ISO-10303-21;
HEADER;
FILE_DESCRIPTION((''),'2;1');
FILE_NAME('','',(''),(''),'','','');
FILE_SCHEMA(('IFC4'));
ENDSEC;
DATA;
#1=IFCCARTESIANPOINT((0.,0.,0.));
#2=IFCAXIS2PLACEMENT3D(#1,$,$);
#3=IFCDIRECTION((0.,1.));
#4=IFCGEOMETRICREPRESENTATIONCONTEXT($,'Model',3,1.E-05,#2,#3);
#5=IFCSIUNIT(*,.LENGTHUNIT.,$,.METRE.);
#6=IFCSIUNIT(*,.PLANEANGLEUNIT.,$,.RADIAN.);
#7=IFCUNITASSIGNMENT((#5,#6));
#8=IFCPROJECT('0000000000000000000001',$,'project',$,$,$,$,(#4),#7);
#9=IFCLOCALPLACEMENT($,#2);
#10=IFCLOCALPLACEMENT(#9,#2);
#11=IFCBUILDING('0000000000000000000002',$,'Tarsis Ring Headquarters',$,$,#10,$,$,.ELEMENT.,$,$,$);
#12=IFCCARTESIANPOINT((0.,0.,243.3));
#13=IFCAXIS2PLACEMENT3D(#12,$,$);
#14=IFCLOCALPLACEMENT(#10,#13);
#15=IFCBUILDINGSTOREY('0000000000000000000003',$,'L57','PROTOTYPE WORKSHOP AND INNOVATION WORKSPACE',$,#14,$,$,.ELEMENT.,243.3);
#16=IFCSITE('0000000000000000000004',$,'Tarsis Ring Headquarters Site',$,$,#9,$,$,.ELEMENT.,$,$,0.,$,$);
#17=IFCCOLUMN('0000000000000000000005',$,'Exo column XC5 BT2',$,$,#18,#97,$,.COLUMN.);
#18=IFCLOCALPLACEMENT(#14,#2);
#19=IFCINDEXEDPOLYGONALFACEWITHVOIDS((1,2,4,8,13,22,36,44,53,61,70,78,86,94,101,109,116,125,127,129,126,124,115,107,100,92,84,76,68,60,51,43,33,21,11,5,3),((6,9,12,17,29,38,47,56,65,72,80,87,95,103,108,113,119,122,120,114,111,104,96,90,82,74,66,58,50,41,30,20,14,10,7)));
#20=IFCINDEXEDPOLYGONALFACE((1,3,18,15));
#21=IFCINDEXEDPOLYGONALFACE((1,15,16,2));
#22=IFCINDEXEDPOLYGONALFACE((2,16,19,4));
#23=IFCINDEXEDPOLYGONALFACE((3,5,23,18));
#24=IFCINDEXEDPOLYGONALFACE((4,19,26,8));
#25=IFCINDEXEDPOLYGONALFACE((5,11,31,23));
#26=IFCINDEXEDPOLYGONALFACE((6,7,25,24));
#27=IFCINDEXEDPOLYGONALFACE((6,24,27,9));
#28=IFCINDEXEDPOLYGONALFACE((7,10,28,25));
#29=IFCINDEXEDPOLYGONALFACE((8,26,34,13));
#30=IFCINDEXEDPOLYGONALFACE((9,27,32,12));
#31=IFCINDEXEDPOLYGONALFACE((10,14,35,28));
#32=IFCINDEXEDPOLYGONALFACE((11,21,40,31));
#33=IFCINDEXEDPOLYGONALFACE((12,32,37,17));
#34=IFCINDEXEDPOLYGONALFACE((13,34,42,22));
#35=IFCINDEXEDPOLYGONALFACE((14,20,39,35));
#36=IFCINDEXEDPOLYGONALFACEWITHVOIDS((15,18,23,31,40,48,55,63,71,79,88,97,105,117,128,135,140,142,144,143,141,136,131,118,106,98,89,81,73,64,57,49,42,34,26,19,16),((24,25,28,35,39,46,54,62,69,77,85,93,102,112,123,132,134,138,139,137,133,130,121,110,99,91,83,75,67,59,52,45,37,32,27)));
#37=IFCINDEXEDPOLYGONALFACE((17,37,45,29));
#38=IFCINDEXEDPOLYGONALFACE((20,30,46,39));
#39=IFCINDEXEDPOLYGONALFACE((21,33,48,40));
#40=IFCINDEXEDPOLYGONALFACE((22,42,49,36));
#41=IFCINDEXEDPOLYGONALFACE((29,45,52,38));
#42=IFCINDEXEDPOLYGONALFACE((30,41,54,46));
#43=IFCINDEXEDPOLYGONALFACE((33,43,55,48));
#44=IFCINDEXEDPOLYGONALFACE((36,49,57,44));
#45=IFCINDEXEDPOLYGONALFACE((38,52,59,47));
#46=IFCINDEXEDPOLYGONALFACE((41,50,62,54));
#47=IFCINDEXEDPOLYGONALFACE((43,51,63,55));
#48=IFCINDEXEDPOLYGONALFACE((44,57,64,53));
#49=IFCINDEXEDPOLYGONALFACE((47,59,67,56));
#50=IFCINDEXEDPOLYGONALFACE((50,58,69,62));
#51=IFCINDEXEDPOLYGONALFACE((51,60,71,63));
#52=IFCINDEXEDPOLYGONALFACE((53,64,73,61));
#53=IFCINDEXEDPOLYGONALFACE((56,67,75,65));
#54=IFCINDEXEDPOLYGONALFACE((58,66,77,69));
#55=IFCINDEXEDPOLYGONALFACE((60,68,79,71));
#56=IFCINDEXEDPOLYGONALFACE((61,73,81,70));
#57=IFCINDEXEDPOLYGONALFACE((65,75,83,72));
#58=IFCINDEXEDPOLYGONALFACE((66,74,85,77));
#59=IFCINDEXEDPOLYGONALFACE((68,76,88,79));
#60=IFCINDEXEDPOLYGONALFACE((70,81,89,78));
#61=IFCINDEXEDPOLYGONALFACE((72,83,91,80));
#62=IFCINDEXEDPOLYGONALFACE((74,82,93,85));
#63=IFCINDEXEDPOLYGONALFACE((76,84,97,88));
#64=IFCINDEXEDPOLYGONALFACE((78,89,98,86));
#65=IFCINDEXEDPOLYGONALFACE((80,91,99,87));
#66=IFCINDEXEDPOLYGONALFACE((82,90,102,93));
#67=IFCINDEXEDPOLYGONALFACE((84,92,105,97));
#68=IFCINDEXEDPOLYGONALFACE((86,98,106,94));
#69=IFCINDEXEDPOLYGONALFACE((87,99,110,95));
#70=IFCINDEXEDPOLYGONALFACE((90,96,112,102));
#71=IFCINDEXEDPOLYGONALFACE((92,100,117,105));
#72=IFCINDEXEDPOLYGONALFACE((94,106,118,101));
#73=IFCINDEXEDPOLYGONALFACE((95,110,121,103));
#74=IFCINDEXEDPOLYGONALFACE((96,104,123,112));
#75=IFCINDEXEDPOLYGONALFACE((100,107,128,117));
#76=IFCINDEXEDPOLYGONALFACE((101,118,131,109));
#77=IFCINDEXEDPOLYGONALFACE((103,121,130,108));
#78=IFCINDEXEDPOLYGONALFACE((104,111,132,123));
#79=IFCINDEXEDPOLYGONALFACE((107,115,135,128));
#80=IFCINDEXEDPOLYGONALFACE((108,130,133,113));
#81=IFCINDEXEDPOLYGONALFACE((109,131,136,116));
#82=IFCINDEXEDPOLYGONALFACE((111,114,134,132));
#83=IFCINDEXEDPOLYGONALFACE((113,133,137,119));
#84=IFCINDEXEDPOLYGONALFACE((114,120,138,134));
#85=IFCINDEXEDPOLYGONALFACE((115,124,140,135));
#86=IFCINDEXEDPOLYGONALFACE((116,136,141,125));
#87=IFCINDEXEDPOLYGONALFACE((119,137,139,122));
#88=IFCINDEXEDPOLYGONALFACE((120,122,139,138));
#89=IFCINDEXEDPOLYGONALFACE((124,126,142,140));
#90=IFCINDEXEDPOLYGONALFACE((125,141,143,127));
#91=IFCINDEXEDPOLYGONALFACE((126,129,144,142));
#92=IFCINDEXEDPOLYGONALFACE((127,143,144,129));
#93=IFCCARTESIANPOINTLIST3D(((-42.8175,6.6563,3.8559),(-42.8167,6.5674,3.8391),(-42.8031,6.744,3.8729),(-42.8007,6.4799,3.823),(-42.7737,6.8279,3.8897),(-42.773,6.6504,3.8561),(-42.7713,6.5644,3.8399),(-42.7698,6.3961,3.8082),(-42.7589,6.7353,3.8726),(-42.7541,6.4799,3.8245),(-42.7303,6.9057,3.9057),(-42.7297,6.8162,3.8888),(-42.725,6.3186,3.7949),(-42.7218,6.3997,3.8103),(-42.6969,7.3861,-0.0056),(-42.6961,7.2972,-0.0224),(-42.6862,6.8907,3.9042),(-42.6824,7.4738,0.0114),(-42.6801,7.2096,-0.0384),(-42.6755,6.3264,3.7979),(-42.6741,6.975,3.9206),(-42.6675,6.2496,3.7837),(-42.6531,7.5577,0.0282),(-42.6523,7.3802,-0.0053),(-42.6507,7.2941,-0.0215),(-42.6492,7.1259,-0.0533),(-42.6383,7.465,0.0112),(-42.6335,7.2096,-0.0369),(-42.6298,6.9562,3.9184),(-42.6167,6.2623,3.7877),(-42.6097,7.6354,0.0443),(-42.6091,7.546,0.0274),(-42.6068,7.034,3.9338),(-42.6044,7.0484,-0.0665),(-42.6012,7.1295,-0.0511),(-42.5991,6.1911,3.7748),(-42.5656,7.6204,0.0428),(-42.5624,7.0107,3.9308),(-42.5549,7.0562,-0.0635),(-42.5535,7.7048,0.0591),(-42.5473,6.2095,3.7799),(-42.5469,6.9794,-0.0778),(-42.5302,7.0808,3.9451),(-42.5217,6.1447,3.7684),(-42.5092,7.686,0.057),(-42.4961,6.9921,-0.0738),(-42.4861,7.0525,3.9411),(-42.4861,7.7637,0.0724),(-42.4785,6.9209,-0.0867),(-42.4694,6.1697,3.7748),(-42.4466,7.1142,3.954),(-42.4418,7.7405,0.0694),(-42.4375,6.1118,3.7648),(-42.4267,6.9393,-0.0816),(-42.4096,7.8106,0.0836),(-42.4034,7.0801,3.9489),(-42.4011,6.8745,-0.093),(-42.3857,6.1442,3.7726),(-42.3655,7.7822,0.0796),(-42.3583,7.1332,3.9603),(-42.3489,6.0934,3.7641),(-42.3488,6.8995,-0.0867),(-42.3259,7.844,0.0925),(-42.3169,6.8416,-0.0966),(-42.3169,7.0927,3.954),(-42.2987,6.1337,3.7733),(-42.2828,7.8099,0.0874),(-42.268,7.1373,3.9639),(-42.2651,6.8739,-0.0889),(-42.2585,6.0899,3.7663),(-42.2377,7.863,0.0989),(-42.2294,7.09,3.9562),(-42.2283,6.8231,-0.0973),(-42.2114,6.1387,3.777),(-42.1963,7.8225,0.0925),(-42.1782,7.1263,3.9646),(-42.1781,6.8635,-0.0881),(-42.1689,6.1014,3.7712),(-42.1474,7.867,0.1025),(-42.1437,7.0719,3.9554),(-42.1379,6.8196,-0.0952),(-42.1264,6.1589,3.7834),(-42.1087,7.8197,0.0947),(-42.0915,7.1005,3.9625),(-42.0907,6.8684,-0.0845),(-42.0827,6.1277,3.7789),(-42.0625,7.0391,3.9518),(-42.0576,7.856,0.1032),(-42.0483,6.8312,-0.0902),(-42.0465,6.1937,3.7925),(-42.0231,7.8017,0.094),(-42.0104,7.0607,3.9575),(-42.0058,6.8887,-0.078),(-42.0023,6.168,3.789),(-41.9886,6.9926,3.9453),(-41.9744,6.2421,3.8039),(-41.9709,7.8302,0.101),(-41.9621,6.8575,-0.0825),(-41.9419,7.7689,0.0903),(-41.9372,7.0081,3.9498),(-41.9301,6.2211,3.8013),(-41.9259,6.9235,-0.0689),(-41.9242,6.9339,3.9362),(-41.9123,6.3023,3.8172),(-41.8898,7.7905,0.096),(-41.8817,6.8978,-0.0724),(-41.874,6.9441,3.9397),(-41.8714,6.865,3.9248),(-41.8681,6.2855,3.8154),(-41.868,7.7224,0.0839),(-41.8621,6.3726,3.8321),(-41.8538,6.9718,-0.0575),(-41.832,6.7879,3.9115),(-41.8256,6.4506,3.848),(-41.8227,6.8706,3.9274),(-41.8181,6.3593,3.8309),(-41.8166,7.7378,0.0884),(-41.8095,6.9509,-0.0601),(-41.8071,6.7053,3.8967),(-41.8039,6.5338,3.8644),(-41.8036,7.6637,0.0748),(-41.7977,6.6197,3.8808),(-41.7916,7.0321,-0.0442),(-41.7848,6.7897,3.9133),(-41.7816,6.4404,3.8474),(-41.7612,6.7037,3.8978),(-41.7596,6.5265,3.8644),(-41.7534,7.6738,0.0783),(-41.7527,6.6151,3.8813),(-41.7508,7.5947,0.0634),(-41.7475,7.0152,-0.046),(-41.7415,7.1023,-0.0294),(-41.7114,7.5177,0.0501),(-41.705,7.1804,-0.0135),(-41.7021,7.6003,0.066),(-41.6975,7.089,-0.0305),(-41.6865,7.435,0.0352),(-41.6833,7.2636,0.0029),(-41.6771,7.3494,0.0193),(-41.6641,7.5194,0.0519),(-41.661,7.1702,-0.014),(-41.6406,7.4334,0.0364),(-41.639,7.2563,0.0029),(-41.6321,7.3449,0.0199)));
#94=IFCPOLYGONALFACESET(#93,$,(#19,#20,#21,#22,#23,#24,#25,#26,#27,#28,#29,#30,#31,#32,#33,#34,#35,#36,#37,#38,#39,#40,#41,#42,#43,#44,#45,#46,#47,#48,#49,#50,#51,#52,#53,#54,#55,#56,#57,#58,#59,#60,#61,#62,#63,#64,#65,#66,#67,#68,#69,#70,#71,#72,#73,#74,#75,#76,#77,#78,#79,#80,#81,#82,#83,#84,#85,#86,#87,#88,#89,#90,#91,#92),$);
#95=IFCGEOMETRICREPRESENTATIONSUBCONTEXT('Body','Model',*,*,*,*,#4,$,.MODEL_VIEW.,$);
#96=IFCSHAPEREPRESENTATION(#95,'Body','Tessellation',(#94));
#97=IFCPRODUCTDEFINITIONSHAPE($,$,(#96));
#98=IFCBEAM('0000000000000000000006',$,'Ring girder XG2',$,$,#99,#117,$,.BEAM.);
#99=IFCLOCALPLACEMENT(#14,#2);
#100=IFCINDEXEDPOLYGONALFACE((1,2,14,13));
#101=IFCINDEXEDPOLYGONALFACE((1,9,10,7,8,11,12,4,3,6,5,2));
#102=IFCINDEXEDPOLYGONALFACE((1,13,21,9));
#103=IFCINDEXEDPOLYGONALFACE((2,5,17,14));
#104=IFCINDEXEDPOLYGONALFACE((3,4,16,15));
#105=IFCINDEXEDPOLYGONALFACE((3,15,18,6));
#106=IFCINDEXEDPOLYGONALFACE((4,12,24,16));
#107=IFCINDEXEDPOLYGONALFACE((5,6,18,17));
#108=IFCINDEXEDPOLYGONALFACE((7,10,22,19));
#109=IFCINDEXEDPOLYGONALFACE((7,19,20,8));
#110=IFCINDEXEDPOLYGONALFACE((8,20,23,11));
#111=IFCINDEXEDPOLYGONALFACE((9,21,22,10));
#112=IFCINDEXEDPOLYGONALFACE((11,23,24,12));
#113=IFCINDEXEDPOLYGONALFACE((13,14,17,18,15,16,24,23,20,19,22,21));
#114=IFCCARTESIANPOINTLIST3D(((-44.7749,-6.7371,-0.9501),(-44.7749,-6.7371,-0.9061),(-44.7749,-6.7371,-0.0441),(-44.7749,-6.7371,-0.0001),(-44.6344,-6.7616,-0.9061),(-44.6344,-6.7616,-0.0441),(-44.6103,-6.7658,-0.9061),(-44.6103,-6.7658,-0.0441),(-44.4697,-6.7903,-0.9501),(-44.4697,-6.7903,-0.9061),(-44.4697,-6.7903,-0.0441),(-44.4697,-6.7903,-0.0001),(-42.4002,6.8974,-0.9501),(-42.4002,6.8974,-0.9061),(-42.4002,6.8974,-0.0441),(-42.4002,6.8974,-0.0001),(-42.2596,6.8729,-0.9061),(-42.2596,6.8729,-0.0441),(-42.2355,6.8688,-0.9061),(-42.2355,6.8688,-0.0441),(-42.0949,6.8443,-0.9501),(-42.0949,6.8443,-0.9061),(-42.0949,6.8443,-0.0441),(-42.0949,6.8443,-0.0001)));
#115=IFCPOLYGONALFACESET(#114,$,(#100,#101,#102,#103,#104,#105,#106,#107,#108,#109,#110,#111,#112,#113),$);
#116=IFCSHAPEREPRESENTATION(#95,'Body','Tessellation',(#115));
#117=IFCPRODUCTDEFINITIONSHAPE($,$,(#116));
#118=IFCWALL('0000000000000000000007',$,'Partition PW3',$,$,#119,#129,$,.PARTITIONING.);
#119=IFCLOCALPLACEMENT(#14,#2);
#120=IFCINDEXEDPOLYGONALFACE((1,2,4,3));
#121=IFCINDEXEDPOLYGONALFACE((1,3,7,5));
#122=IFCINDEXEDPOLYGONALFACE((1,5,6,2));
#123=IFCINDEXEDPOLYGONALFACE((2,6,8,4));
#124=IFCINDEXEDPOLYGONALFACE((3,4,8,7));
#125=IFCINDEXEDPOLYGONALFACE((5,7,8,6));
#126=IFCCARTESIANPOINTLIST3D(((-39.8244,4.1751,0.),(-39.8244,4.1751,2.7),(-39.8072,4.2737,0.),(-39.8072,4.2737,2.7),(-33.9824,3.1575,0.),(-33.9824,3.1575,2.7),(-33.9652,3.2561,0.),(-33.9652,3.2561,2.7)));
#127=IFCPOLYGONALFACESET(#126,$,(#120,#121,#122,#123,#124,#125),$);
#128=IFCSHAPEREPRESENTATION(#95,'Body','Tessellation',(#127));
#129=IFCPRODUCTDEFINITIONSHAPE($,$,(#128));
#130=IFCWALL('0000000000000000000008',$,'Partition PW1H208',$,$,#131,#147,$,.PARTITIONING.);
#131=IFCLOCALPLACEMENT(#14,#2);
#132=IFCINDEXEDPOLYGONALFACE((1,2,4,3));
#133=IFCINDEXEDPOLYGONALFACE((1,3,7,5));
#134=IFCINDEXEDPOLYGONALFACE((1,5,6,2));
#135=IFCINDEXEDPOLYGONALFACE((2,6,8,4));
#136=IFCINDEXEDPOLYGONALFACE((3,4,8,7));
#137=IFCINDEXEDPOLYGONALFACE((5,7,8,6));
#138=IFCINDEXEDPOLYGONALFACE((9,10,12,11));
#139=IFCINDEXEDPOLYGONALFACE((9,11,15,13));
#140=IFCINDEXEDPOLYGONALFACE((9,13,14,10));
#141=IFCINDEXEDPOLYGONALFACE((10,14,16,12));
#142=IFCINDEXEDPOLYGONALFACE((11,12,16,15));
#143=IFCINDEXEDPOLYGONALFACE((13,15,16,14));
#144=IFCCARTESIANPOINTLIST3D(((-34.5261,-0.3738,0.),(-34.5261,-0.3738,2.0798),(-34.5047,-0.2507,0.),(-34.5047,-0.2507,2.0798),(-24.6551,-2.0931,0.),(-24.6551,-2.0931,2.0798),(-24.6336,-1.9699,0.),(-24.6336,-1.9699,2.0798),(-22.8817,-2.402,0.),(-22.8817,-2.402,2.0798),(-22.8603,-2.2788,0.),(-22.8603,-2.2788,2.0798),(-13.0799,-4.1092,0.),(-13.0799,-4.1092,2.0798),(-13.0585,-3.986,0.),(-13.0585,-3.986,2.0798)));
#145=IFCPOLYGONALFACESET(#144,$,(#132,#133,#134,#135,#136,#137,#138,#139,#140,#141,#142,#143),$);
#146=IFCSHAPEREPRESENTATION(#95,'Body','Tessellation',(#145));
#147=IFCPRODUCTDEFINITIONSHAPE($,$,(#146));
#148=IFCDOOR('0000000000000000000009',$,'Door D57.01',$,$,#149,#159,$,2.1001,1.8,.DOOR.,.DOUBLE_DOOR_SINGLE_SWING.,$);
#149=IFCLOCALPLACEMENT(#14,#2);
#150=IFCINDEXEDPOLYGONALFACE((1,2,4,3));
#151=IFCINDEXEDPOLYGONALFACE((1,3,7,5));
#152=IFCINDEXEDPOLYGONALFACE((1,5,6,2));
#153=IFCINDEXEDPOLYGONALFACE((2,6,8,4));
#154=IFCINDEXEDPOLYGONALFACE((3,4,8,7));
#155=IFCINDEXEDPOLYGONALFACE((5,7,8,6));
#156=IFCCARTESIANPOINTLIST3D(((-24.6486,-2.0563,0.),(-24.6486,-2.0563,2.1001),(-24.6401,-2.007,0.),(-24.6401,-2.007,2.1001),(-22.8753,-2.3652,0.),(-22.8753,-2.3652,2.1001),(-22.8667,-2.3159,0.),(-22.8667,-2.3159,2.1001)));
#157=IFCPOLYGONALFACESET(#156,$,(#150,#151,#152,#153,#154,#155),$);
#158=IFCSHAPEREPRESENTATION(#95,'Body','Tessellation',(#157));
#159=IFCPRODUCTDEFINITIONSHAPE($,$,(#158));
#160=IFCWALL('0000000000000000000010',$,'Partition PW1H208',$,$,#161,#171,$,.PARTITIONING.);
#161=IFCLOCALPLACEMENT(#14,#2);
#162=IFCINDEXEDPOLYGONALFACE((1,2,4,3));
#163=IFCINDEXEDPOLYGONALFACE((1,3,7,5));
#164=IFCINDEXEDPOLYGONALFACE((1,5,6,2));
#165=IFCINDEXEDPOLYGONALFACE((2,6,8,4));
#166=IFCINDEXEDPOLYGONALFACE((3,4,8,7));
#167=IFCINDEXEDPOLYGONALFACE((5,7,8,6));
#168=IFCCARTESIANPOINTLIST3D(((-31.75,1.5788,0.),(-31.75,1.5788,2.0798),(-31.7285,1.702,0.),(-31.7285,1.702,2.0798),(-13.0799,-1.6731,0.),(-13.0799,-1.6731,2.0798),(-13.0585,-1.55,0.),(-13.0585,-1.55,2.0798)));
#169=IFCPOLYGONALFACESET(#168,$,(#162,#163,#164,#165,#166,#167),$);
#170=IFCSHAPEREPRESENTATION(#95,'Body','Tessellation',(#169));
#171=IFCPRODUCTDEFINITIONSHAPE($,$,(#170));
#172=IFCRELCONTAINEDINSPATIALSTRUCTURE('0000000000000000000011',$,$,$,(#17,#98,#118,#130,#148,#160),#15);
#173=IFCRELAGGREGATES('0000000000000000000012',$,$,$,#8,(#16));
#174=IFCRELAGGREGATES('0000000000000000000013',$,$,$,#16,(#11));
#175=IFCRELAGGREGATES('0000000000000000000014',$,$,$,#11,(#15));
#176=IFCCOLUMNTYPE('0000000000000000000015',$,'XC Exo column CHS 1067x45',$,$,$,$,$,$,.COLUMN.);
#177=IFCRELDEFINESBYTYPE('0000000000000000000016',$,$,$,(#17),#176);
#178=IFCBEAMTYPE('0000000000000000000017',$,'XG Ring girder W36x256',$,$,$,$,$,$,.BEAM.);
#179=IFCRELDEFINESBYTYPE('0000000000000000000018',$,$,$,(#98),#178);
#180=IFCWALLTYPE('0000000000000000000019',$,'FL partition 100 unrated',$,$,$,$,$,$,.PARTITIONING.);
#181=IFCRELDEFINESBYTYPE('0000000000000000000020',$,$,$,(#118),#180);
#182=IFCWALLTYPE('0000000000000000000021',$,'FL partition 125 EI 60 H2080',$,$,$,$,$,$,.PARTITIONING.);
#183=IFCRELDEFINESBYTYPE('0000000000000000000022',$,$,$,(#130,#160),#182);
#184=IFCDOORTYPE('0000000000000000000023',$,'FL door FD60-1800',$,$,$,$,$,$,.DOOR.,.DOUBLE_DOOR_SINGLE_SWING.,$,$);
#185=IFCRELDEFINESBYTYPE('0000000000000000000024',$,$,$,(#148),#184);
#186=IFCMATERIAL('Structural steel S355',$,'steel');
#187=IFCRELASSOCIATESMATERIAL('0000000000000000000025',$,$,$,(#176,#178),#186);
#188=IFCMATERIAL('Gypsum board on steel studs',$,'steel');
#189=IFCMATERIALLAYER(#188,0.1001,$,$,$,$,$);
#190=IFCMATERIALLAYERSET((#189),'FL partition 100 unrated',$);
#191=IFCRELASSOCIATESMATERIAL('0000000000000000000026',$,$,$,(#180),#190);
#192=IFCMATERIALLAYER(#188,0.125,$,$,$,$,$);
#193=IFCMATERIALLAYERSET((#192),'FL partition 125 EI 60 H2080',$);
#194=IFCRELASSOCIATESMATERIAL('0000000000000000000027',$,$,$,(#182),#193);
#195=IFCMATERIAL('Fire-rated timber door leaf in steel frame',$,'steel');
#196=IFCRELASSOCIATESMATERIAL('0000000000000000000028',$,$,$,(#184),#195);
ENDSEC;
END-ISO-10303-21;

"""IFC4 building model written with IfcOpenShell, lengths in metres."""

from ifc_helpers import new_model, si_unit, direction, frame, frame_2d, origin, origin_2d, place, context, subcontext, project, spatial, rectangle, hollow_circle, i_section, extrude, material, layer, layer_set, material_profile, profile_set, type_object, element, fill, save


model = new_model("IFC4")

# Units and contexts
model_context = context("Model", 3, precision=1e-05, world=origin(), true_north=direction((0.0, 1.0)))
body_context = subcontext(model_context, "Body", "Model", "MODEL_VIEW")
ifc_project = project(units=[si_unit("LENGTHUNIT", "METRE"), si_unit("PLANEANGLEUNIT", "RADIAN")], contexts=[model_context])

# Site, building, storey
site_placement = place(None, origin())
site = spatial("IfcSite", under=ifc_project, at=site_placement, Name="Tarsis Ring Headquarters Site", CompositionType="ELEMENT", RefElevation=0.0)
building_placement = place(site_placement, origin())
building = spatial("IfcBuilding", under=site, at=building_placement, Name="Tarsis Ring Headquarters", CompositionType="ELEMENT")
storey_placement = place(building_placement, frame((0.0, 0.0, 243.3)))
storey = spatial("IfcBuildingStorey", under=building, at=storey_placement, Name="L57", Description="PROTOTYPE WORKSHOP AND INNOVATION WORKSPACE", CompositionType="ELEMENT", Elevation=243.3)

# Column
ifc_material_1 = material(Name="Structural steel S355", Category="steel")
ifc_material_profile_1 = material_profile(ifc_material_1, hollow_circle(Radius=0.5334, WallThickness=0.0449, at=origin_2d()), Name="CHS 1067x45")
ifc_profile_set_1 = profile_set([ifc_material_profile_1], Name="Structural steel S355")
column_type = type_object("IfcColumnType", Name="XC Exo column CHS 1067x45", PredefinedType="COLUMN", material=ifc_profile_set_1)
column_placement = place(storey_placement, frame((-42.1653, 7.3433, 0.0029), z_axis=(-0.030676, -0.185611, 0.982144), x_axis=(0.986616, -0.163061, 0.0)))
element("IfcColumn", 1, at=column_placement, inside=storey, type_object=column_type, Name="Exo column XC5 BT2", PredefinedType="COLUMN", context=body_context, shape_type="SweptSolid", body=[
    extrude(hollow_circle(Radius=0.5334, WallThickness=0.0449, at=origin_2d()), origin(), (0.0, 0.0, 1.0), 3.9316),
])

# Beam
ifc_material_profile_2 = material_profile(ifc_material_1, i_section(OverallWidth=0.3098, OverallDepth=0.95, WebThickness=0.0244, FlangeThickness=0.0439, at=origin_2d()), Name="W36x256")
ifc_profile_set_2 = profile_set([ifc_material_profile_2], Name="Structural steel S355")
beam_type = type_object("IfcBeamType", Name="XG Ring girder W36x256", PredefinedType="BEAM", material=ifc_profile_set_2)
beam_placement = place(storey_placement, frame((-42.2476, 6.8708, -0.4751), z_axis=(-0.171589, -0.985169, 0.0), x_axis=(0.985169, -0.171589, 0.0)))
element("IfcBeam", 2, at=beam_placement, inside=storey, type_object=beam_type, Name="Ring girder XG2", PredefinedType="BEAM", context=body_context, shape_type="SweptSolid", body=[
    extrude(i_section(OverallWidth=0.3098, OverallDepth=0.95, WebThickness=0.0244, FlangeThickness=0.0439, at=origin_2d()), origin(), (0.0, 0.0, 1.0), 13.8398),
])

# Wall
ifc_material_2 = material(Name="Gypsum board on steel studs", Category="steel")
ifc_layer_1 = layer(ifc_material_2, 0.1001)
ifc_layer_set_1 = layer_set([ifc_layer_1], Name="FL partition 100 unrated")
wall_type_1 = type_object("IfcWallType", Name="FL partition 100 unrated", PredefinedType="PARTITIONING", material=ifc_layer_set_1)
wall_1_placement = place(storey_placement, frame((-39.8157, 4.2244, 0.0), z_axis=(0.0, 0.0, 1.0), x_axis=(0.985167, -0.171598, 0.0)))
element("IfcWall", 3, at=wall_1_placement, inside=storey, type_object=wall_type_1, Name="Partition PW3", PredefinedType="PARTITIONING", context=body_context, shape_type="SweptSolid", body=[
    extrude(rectangle(XDim=5.9299, YDim=0.1001, at=frame_2d((2.9648, 0.0))), origin(), (0.0, 0.0, 1.0), 2.7),
])

# Wall, opening, door
ifc_layer_2 = layer(ifc_material_2, 0.125)
ifc_layer_set_2 = layer_set([ifc_layer_2], Name="FL partition 125 EI 60 H2080")
wall_type_2 = type_object("IfcWallType", Name="FL partition 125 EI 60 H2080", PredefinedType="PARTITIONING", material=ifc_layer_set_2)
wall_2_placement = place(storey_placement, frame((-34.5154, -0.3123, 0.0), z_axis=(0.0, 0.0, 1.0), x_axis=(0.985169, -0.171589, 0.0)))
wall_2 = element("IfcWall", 4, at=wall_2_placement, inside=storey, type_object=wall_type_2, Name="Partition PW1H208", PredefinedType="PARTITIONING", context=body_context, shape_type="SweptSolid", body=[
    extrude(rectangle(XDim=21.769, YDim=0.125, at=frame_2d((10.8845, 0.0))), origin(), (0.0, 0.0, 1.0), 2.0798),
])
opening_1_placement = place(wall_2_placement, frame((10.0198, 0.0, 0.0)))
opening_1 = element("IfcOpeningElement", 5, at=opening_1_placement, cuts=wall_2, PredefinedType="OPENING", context=body_context, shape_type="SweptSolid", body=[
    extrude(rectangle(XDim=1.8, YDim=2.1001, at=frame_2d((0.8999, 1.05))), frame((0.0, 0.0725, 0.0), z_axis=(0.0, -1.0, 0.0), x_axis=(1.0, 0.0, 0.0)), (0.0, 0.0, 1.0), 0.145),
])
ifc_material_3 = material(Name="Fire-rated timber door leaf in steel frame", Category="steel")
door_type_1 = type_object("IfcDoorType", Name="FL door FD60-1800", OperationType="DOUBLE_DOOR_SINGLE_SWING", PredefinedType="DOOR", material=ifc_material_3)
door_1_placement = place(opening_1_placement, origin())
door_1 = element("IfcDoor", 6, at=door_1_placement, inside=storey, type_object=door_type_1, Name="Door D57.01", OperationType="DOUBLE_DOOR_SINGLE_SWING", OverallHeight=2.1001, OverallWidth=1.8, PredefinedType="DOOR", context=body_context, shape_type="SweptSolid", body=[
    extrude(rectangle(XDim=1.8, YDim=2.1001, at=frame_2d((0.8999, 1.05))), frame((0.0, 0.0249, 0.0), z_axis=(0.0, -1.0, 0.0), x_axis=(1.0, 0.0, 0.0)), (0.0, 0.0, 1.0), 0.05),
])
fill(opening_1, door_1)

# Wall
wall_3_placement = place(storey_placement, frame((-31.7393, 1.6404, 0.0), z_axis=(0.0, 0.0, 1.0), x_axis=(0.985167, -0.171596, 0.0)))
element("IfcWall", 7, at=wall_3_placement, inside=storey, type_object=wall_type_2, Name="Partition PW1H208", PredefinedType="PARTITIONING", context=body_context, shape_type="SweptSolid", body=[
    extrude(rectangle(XDim=18.9512, YDim=0.125, at=frame_2d((9.4756, 0.0))), origin(), (0.0, 0.0, 1.0), 2.0798),
])

save(model, "model.ifc")
